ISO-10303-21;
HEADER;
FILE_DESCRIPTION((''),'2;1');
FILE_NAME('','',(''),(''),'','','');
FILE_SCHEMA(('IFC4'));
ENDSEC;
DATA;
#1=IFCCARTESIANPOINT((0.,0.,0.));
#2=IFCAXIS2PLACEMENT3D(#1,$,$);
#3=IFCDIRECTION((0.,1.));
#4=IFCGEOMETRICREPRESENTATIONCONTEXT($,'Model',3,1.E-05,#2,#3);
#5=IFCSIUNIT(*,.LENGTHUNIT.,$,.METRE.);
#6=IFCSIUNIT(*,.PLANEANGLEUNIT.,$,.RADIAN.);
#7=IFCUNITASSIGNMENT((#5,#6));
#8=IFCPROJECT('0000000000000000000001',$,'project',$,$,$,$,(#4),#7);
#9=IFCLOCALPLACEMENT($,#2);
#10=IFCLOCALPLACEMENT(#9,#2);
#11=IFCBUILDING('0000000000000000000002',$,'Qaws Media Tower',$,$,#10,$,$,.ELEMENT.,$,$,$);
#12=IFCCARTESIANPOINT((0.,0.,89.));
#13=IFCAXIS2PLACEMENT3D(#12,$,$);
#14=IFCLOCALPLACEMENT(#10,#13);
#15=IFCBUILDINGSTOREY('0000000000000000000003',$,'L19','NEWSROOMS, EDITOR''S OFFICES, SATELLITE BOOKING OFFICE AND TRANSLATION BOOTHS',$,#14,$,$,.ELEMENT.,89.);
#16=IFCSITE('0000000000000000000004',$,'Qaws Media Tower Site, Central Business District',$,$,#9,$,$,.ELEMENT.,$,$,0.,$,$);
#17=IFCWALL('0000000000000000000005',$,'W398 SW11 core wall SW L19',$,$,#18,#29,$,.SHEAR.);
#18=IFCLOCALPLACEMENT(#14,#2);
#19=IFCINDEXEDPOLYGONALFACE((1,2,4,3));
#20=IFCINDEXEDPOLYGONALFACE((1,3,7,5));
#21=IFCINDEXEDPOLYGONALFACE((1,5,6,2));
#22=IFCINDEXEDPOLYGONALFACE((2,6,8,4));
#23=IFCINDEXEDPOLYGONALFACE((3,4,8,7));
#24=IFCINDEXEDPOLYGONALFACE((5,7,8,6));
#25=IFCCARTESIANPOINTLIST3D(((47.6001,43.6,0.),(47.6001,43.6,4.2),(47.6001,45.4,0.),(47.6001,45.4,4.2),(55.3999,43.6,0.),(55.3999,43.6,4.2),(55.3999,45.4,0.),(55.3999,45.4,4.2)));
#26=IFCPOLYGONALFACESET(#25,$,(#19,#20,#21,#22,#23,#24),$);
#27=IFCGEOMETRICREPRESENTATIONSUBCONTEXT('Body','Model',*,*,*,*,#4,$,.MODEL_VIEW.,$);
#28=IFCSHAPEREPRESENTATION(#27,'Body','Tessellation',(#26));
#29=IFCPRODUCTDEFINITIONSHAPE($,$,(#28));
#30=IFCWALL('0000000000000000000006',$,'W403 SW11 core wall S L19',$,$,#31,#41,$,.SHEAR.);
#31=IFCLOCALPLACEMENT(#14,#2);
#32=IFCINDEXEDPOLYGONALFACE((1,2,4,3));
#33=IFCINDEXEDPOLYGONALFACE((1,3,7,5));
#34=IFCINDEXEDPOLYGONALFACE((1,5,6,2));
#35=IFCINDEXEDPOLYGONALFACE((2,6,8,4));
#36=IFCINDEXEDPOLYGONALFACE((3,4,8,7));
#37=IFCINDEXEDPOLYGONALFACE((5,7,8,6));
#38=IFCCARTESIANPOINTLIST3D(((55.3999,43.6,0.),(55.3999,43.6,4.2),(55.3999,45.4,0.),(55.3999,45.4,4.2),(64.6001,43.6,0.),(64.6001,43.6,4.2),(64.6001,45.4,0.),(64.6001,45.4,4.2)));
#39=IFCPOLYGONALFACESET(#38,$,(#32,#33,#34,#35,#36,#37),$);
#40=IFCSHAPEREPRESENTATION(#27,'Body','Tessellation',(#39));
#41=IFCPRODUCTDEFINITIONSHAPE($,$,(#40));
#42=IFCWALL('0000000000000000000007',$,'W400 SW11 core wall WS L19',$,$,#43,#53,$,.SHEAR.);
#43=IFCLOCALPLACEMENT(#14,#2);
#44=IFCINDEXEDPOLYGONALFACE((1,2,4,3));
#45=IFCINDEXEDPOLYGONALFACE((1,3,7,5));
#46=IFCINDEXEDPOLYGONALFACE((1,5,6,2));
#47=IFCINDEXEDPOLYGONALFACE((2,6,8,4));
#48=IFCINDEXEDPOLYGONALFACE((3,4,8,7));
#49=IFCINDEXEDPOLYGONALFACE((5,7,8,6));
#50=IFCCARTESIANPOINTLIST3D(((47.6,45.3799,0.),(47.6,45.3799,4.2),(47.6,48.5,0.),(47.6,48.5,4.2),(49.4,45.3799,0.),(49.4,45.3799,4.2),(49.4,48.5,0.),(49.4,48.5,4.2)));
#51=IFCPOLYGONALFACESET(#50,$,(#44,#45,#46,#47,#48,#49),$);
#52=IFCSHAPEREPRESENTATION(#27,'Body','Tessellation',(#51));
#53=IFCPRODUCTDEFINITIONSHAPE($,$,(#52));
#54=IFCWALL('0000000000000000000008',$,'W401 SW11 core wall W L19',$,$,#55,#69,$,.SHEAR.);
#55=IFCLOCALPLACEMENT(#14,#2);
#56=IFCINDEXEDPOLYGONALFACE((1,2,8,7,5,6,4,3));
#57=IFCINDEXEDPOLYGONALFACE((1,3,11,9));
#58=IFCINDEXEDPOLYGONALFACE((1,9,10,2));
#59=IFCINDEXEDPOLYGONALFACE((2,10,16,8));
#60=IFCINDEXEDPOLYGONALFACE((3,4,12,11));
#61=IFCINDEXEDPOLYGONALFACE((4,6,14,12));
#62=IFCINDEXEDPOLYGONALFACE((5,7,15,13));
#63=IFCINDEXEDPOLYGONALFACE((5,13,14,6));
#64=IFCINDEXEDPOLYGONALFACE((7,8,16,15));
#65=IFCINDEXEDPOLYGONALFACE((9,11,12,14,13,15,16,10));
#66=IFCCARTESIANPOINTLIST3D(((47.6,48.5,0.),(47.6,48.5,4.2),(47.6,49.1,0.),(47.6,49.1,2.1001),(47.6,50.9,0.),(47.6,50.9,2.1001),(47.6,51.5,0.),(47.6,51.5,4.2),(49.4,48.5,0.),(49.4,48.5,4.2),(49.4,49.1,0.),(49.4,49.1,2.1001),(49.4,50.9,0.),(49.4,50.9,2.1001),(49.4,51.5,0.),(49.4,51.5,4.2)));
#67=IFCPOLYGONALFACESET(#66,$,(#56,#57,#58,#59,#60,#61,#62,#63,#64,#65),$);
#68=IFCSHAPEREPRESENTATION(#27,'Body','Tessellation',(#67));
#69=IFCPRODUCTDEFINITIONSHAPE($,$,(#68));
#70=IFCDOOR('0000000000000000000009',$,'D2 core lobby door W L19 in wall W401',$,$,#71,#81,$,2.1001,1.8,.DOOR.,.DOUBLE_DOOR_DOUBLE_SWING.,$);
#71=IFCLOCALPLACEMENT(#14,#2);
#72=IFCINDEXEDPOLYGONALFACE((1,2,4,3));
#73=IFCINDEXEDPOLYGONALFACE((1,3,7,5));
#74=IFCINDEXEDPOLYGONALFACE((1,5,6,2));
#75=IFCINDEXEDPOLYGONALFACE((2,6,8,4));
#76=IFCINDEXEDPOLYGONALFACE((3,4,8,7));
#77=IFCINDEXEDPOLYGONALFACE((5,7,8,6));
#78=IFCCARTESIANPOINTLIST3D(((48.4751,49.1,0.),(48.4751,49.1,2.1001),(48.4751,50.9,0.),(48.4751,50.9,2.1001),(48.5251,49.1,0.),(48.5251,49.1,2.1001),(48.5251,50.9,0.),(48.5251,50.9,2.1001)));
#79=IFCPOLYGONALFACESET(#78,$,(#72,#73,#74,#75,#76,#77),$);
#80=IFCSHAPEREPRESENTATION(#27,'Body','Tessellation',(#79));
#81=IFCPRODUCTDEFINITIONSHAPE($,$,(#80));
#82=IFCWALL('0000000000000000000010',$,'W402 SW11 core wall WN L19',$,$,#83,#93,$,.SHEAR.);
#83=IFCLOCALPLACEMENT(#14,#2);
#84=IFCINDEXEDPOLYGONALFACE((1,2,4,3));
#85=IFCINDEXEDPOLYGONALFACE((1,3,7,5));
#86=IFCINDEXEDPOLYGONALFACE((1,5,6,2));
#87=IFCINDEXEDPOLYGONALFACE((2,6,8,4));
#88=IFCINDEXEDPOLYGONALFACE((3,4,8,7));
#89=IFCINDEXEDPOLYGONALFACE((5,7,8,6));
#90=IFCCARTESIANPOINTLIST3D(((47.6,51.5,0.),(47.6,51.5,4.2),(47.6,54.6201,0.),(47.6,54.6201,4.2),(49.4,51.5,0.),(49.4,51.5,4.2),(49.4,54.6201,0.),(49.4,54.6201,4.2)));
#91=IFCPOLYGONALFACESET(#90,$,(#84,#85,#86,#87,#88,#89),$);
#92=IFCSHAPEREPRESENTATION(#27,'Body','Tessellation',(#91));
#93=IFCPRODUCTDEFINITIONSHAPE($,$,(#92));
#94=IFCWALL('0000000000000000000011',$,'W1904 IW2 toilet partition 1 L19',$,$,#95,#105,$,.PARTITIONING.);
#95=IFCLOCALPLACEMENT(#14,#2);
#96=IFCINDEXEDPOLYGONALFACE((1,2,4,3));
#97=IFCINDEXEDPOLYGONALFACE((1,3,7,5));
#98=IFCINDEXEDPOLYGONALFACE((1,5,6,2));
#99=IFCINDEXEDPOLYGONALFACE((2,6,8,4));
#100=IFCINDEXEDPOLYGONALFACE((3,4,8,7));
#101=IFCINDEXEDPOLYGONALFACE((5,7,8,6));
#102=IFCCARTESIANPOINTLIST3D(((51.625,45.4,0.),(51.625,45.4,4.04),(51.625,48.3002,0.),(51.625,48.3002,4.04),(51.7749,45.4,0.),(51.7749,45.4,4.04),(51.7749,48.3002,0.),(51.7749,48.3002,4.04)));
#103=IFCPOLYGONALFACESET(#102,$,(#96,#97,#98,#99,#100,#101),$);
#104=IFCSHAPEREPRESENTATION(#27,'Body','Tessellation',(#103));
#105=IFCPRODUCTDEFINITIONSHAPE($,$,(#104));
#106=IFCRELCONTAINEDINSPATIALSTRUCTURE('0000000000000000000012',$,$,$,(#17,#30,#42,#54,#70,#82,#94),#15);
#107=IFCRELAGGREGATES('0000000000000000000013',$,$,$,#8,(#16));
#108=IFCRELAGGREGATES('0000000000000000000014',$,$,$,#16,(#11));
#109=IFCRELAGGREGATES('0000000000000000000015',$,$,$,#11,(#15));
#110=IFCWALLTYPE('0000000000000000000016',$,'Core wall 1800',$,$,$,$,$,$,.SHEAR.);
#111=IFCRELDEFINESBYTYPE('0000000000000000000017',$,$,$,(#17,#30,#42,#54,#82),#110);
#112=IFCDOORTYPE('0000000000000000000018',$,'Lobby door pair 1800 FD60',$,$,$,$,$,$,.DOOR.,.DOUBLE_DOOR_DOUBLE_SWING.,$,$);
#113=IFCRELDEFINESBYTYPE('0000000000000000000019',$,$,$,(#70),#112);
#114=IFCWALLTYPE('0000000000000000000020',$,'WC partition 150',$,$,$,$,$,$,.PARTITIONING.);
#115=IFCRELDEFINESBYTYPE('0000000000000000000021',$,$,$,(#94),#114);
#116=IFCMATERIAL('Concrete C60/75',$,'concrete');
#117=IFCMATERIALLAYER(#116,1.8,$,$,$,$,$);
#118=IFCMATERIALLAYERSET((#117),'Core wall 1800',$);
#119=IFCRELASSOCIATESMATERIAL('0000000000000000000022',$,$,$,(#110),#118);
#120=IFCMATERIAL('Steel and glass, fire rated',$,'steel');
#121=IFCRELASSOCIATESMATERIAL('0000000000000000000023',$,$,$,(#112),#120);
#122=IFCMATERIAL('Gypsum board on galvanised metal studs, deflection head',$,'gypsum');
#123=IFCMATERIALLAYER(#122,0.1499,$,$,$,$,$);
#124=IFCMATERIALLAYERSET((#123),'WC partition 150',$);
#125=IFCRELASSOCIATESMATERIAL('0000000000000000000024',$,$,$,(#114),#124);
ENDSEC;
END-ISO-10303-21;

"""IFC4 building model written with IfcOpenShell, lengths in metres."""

from ifc_helpers import new_model, si_unit, direction, frame, frame_2d, origin, place, context, subcontext, project, spatial, rectangle, extrude, material, layer, layer_set, type_object, element, fill, save


model = new_model("IFC4")

# Units and contexts
model_context = context("Model", 3, precision=1e-05, world=origin(), true_north=direction((0.0, 1.0)))
body_context = subcontext(model_context, "Body", "Model", "MODEL_VIEW")
ifc_project = project(units=[si_unit("LENGTHUNIT", "METRE"), si_unit("PLANEANGLEUNIT", "RADIAN")], contexts=[model_context])

# Site, building, storey
site_placement = place(None, origin())
site = spatial("IfcSite", under=ifc_project, at=site_placement, Name="Qaws Media Tower Site, Central Business District", CompositionType="ELEMENT", RefElevation=0.0)
building_placement = place(site_placement, origin())
building = spatial("IfcBuilding", under=site, at=building_placement, Name="Qaws Media Tower", CompositionType="ELEMENT")
storey_placement = place(building_placement, frame((0.0, 0.0, 89.0)))
storey = spatial("IfcBuildingStorey", under=building, at=storey_placement, Name="L19", Description="NEWSROOMS, EDITOR'S OFFICES, SATELLITE BOOKING OFFICE AND TRANSLATION BOOTHS", CompositionType="ELEMENT", Elevation=89.0)

# Walls
ifc_material_1 = material(Name="Concrete C60/75", Category="concrete")
ifc_layer_1 = layer(ifc_material_1, 1.8)
ifc_layer_set_1 = layer_set([ifc_layer_1], Name="Core wall 1800")
wall_type_1 = type_object("IfcWallType", Name="Core wall 1800", PredefinedType="SHEAR", material=ifc_layer_set_1)
wall_1_placement = place(storey_placement, frame((47.6001, 44.5, 0.0), z_axis=(0.0, 0.0, 1.0), x_axis=(1.0, 0.0, 0.0)))
element("IfcWall", 1, at=wall_1_placement, inside=storey, type_object=wall_type_1, Name="W398 SW11 core wall SW L19", PredefinedType="SHEAR", context=body_context, shape_type="SweptSolid", body=[
    extrude(rectangle(XDim=7.7998, YDim=1.8, at=frame_2d((3.8999, 0.0))), origin(), (0.0, 0.0, 1.0), 4.2),
])
wall_2_placement = place(storey_placement, frame((55.3999, 44.5, 0.0), z_axis=(0.0, 0.0, 1.0), x_axis=(1.0, 0.0, 0.0)))
element("IfcWall", 2, at=wall_2_placement, inside=storey, type_object=wall_type_1, Name="W403 SW11 core wall S L19", PredefinedType="SHEAR", context=body_context, shape_type="SweptSolid", body=[
    extrude(rectangle(XDim=9.2002, YDim=1.8, at=frame_2d((4.6001, 0.0))), origin(), (0.0, 0.0, 1.0), 4.2),
])
wall_3_placement = place(storey_placement, frame((48.5, 45.3799, 0.0), z_axis=(0.0, 0.0, 1.0), x_axis=(0.0, 1.0, 0.0)))
element("IfcWall", 3, at=wall_3_placement, inside=storey, type_object=wall_type_1, Name="W400 SW11 core wall WS L19", PredefinedType="SHEAR", context=body_context, shape_type="SweptSolid", body=[
    extrude(rectangle(XDim=3.1201, YDim=1.8, at=frame_2d((1.5601, 0.0))), origin(), (0.0, 0.0, 1.0), 4.2),
])

# Wall, opening, door
wall_4_placement = place(storey_placement, frame((48.5, 48.5, 0.0), z_axis=(0.0, 0.0, 1.0), x_axis=(0.0, 1.0, 0.0)))
wall_4 = element("IfcWall", 4, at=wall_4_placement, inside=storey, type_object=wall_type_1, Name="W401 SW11 core wall W L19", PredefinedType="SHEAR", context=body_context, shape_type="SweptSolid", body=[
    extrude(rectangle(XDim=3.0, YDim=1.8, at=frame_2d((1.5, 0.0))), origin(), (0.0, 0.0, 1.0), 4.2),
])
opening_1_placement = place(wall_4_placement, frame((0.6001, 0.0, 0.0)))
opening_1 = element("IfcOpeningElement", 5, at=opening_1_placement, cuts=wall_4, PredefinedType="OPENING", context=body_context, shape_type="SweptSolid", body=[
    extrude(rectangle(XDim=1.8, YDim=2.1001, at=frame_2d((0.8999, 1.05))), frame((0.0, 0.9099, 0.0), z_axis=(0.0, -1.0, 0.0), x_axis=(1.0, 0.0, 0.0)), (0.0, 0.0, 1.0), 1.8201),
])
ifc_material_2 = material(Name="Steel and glass, fire rated", Category="steel")
door_type_1 = type_object("IfcDoorType", Name="Lobby door pair 1800 FD60", OperationType="DOUBLE_DOOR_DOUBLE_SWING", PredefinedType="DOOR", material=ifc_material_2)
door_1_placement = place(opening_1_placement, origin())
door_1 = element("IfcDoor", 6, at=door_1_placement, inside=storey, type_object=door_type_1, Name="D2 core lobby door W L19 in wall W401", OperationType="DOUBLE_DOOR_DOUBLE_SWING", OverallHeight=2.1001, OverallWidth=1.8, PredefinedType="DOOR", context=body_context, shape_type="SweptSolid", body=[
    extrude(rectangle(XDim=1.8, YDim=2.1001, at=frame_2d((0.8999, 1.05))), frame((0.0, 0.0249, 0.0), z_axis=(0.0, -1.0, 0.0), x_axis=(1.0, 0.0, 0.0)), (0.0, 0.0, 1.0), 0.05),
])
fill(opening_1, door_1)

# Walls
wall_5_placement = place(storey_placement, frame((48.5, 51.5, 0.0), z_axis=(0.0, 0.0, 1.0), x_axis=(0.0, 1.0, 0.0)))
element("IfcWall", 7, at=wall_5_placement, inside=storey, type_object=wall_type_1, Name="W402 SW11 core wall WN L19", PredefinedType="SHEAR", context=body_context, shape_type="SweptSolid", body=[
    extrude(rectangle(XDim=3.1201, YDim=1.8, at=frame_2d((1.5601, 0.0))), origin(), (0.0, 0.0, 1.0), 4.2),
])
ifc_material_3 = material(Name="Gypsum board on galvanised metal studs, deflection head", Category="gypsum")
ifc_layer_2 = layer(ifc_material_3, 0.1499)
ifc_layer_set_2 = layer_set([ifc_layer_2], Name="WC partition 150")
wall_type_2 = type_object("IfcWallType", Name="WC partition 150", PredefinedType="PARTITIONING", material=ifc_layer_set_2)
wall_6_placement = place(storey_placement, frame((51.7, 45.3999, 0.0), z_axis=(0.0, 0.0, 1.0), x_axis=(0.0, 1.0, 0.0)))
element("IfcWall", 8, at=wall_6_placement, inside=storey, type_object=wall_type_2, Name="W1904 IW2 toilet partition 1 L19", PredefinedType="PARTITIONING", context=body_context, shape_type="SweptSolid", body=[
    extrude(rectangle(XDim=2.9001, YDim=0.1499, at=frame_2d((1.4502, 0.0))), origin(), (0.0, 0.0, 1.0), 4.04),
])

save(model, "model.ifc")
